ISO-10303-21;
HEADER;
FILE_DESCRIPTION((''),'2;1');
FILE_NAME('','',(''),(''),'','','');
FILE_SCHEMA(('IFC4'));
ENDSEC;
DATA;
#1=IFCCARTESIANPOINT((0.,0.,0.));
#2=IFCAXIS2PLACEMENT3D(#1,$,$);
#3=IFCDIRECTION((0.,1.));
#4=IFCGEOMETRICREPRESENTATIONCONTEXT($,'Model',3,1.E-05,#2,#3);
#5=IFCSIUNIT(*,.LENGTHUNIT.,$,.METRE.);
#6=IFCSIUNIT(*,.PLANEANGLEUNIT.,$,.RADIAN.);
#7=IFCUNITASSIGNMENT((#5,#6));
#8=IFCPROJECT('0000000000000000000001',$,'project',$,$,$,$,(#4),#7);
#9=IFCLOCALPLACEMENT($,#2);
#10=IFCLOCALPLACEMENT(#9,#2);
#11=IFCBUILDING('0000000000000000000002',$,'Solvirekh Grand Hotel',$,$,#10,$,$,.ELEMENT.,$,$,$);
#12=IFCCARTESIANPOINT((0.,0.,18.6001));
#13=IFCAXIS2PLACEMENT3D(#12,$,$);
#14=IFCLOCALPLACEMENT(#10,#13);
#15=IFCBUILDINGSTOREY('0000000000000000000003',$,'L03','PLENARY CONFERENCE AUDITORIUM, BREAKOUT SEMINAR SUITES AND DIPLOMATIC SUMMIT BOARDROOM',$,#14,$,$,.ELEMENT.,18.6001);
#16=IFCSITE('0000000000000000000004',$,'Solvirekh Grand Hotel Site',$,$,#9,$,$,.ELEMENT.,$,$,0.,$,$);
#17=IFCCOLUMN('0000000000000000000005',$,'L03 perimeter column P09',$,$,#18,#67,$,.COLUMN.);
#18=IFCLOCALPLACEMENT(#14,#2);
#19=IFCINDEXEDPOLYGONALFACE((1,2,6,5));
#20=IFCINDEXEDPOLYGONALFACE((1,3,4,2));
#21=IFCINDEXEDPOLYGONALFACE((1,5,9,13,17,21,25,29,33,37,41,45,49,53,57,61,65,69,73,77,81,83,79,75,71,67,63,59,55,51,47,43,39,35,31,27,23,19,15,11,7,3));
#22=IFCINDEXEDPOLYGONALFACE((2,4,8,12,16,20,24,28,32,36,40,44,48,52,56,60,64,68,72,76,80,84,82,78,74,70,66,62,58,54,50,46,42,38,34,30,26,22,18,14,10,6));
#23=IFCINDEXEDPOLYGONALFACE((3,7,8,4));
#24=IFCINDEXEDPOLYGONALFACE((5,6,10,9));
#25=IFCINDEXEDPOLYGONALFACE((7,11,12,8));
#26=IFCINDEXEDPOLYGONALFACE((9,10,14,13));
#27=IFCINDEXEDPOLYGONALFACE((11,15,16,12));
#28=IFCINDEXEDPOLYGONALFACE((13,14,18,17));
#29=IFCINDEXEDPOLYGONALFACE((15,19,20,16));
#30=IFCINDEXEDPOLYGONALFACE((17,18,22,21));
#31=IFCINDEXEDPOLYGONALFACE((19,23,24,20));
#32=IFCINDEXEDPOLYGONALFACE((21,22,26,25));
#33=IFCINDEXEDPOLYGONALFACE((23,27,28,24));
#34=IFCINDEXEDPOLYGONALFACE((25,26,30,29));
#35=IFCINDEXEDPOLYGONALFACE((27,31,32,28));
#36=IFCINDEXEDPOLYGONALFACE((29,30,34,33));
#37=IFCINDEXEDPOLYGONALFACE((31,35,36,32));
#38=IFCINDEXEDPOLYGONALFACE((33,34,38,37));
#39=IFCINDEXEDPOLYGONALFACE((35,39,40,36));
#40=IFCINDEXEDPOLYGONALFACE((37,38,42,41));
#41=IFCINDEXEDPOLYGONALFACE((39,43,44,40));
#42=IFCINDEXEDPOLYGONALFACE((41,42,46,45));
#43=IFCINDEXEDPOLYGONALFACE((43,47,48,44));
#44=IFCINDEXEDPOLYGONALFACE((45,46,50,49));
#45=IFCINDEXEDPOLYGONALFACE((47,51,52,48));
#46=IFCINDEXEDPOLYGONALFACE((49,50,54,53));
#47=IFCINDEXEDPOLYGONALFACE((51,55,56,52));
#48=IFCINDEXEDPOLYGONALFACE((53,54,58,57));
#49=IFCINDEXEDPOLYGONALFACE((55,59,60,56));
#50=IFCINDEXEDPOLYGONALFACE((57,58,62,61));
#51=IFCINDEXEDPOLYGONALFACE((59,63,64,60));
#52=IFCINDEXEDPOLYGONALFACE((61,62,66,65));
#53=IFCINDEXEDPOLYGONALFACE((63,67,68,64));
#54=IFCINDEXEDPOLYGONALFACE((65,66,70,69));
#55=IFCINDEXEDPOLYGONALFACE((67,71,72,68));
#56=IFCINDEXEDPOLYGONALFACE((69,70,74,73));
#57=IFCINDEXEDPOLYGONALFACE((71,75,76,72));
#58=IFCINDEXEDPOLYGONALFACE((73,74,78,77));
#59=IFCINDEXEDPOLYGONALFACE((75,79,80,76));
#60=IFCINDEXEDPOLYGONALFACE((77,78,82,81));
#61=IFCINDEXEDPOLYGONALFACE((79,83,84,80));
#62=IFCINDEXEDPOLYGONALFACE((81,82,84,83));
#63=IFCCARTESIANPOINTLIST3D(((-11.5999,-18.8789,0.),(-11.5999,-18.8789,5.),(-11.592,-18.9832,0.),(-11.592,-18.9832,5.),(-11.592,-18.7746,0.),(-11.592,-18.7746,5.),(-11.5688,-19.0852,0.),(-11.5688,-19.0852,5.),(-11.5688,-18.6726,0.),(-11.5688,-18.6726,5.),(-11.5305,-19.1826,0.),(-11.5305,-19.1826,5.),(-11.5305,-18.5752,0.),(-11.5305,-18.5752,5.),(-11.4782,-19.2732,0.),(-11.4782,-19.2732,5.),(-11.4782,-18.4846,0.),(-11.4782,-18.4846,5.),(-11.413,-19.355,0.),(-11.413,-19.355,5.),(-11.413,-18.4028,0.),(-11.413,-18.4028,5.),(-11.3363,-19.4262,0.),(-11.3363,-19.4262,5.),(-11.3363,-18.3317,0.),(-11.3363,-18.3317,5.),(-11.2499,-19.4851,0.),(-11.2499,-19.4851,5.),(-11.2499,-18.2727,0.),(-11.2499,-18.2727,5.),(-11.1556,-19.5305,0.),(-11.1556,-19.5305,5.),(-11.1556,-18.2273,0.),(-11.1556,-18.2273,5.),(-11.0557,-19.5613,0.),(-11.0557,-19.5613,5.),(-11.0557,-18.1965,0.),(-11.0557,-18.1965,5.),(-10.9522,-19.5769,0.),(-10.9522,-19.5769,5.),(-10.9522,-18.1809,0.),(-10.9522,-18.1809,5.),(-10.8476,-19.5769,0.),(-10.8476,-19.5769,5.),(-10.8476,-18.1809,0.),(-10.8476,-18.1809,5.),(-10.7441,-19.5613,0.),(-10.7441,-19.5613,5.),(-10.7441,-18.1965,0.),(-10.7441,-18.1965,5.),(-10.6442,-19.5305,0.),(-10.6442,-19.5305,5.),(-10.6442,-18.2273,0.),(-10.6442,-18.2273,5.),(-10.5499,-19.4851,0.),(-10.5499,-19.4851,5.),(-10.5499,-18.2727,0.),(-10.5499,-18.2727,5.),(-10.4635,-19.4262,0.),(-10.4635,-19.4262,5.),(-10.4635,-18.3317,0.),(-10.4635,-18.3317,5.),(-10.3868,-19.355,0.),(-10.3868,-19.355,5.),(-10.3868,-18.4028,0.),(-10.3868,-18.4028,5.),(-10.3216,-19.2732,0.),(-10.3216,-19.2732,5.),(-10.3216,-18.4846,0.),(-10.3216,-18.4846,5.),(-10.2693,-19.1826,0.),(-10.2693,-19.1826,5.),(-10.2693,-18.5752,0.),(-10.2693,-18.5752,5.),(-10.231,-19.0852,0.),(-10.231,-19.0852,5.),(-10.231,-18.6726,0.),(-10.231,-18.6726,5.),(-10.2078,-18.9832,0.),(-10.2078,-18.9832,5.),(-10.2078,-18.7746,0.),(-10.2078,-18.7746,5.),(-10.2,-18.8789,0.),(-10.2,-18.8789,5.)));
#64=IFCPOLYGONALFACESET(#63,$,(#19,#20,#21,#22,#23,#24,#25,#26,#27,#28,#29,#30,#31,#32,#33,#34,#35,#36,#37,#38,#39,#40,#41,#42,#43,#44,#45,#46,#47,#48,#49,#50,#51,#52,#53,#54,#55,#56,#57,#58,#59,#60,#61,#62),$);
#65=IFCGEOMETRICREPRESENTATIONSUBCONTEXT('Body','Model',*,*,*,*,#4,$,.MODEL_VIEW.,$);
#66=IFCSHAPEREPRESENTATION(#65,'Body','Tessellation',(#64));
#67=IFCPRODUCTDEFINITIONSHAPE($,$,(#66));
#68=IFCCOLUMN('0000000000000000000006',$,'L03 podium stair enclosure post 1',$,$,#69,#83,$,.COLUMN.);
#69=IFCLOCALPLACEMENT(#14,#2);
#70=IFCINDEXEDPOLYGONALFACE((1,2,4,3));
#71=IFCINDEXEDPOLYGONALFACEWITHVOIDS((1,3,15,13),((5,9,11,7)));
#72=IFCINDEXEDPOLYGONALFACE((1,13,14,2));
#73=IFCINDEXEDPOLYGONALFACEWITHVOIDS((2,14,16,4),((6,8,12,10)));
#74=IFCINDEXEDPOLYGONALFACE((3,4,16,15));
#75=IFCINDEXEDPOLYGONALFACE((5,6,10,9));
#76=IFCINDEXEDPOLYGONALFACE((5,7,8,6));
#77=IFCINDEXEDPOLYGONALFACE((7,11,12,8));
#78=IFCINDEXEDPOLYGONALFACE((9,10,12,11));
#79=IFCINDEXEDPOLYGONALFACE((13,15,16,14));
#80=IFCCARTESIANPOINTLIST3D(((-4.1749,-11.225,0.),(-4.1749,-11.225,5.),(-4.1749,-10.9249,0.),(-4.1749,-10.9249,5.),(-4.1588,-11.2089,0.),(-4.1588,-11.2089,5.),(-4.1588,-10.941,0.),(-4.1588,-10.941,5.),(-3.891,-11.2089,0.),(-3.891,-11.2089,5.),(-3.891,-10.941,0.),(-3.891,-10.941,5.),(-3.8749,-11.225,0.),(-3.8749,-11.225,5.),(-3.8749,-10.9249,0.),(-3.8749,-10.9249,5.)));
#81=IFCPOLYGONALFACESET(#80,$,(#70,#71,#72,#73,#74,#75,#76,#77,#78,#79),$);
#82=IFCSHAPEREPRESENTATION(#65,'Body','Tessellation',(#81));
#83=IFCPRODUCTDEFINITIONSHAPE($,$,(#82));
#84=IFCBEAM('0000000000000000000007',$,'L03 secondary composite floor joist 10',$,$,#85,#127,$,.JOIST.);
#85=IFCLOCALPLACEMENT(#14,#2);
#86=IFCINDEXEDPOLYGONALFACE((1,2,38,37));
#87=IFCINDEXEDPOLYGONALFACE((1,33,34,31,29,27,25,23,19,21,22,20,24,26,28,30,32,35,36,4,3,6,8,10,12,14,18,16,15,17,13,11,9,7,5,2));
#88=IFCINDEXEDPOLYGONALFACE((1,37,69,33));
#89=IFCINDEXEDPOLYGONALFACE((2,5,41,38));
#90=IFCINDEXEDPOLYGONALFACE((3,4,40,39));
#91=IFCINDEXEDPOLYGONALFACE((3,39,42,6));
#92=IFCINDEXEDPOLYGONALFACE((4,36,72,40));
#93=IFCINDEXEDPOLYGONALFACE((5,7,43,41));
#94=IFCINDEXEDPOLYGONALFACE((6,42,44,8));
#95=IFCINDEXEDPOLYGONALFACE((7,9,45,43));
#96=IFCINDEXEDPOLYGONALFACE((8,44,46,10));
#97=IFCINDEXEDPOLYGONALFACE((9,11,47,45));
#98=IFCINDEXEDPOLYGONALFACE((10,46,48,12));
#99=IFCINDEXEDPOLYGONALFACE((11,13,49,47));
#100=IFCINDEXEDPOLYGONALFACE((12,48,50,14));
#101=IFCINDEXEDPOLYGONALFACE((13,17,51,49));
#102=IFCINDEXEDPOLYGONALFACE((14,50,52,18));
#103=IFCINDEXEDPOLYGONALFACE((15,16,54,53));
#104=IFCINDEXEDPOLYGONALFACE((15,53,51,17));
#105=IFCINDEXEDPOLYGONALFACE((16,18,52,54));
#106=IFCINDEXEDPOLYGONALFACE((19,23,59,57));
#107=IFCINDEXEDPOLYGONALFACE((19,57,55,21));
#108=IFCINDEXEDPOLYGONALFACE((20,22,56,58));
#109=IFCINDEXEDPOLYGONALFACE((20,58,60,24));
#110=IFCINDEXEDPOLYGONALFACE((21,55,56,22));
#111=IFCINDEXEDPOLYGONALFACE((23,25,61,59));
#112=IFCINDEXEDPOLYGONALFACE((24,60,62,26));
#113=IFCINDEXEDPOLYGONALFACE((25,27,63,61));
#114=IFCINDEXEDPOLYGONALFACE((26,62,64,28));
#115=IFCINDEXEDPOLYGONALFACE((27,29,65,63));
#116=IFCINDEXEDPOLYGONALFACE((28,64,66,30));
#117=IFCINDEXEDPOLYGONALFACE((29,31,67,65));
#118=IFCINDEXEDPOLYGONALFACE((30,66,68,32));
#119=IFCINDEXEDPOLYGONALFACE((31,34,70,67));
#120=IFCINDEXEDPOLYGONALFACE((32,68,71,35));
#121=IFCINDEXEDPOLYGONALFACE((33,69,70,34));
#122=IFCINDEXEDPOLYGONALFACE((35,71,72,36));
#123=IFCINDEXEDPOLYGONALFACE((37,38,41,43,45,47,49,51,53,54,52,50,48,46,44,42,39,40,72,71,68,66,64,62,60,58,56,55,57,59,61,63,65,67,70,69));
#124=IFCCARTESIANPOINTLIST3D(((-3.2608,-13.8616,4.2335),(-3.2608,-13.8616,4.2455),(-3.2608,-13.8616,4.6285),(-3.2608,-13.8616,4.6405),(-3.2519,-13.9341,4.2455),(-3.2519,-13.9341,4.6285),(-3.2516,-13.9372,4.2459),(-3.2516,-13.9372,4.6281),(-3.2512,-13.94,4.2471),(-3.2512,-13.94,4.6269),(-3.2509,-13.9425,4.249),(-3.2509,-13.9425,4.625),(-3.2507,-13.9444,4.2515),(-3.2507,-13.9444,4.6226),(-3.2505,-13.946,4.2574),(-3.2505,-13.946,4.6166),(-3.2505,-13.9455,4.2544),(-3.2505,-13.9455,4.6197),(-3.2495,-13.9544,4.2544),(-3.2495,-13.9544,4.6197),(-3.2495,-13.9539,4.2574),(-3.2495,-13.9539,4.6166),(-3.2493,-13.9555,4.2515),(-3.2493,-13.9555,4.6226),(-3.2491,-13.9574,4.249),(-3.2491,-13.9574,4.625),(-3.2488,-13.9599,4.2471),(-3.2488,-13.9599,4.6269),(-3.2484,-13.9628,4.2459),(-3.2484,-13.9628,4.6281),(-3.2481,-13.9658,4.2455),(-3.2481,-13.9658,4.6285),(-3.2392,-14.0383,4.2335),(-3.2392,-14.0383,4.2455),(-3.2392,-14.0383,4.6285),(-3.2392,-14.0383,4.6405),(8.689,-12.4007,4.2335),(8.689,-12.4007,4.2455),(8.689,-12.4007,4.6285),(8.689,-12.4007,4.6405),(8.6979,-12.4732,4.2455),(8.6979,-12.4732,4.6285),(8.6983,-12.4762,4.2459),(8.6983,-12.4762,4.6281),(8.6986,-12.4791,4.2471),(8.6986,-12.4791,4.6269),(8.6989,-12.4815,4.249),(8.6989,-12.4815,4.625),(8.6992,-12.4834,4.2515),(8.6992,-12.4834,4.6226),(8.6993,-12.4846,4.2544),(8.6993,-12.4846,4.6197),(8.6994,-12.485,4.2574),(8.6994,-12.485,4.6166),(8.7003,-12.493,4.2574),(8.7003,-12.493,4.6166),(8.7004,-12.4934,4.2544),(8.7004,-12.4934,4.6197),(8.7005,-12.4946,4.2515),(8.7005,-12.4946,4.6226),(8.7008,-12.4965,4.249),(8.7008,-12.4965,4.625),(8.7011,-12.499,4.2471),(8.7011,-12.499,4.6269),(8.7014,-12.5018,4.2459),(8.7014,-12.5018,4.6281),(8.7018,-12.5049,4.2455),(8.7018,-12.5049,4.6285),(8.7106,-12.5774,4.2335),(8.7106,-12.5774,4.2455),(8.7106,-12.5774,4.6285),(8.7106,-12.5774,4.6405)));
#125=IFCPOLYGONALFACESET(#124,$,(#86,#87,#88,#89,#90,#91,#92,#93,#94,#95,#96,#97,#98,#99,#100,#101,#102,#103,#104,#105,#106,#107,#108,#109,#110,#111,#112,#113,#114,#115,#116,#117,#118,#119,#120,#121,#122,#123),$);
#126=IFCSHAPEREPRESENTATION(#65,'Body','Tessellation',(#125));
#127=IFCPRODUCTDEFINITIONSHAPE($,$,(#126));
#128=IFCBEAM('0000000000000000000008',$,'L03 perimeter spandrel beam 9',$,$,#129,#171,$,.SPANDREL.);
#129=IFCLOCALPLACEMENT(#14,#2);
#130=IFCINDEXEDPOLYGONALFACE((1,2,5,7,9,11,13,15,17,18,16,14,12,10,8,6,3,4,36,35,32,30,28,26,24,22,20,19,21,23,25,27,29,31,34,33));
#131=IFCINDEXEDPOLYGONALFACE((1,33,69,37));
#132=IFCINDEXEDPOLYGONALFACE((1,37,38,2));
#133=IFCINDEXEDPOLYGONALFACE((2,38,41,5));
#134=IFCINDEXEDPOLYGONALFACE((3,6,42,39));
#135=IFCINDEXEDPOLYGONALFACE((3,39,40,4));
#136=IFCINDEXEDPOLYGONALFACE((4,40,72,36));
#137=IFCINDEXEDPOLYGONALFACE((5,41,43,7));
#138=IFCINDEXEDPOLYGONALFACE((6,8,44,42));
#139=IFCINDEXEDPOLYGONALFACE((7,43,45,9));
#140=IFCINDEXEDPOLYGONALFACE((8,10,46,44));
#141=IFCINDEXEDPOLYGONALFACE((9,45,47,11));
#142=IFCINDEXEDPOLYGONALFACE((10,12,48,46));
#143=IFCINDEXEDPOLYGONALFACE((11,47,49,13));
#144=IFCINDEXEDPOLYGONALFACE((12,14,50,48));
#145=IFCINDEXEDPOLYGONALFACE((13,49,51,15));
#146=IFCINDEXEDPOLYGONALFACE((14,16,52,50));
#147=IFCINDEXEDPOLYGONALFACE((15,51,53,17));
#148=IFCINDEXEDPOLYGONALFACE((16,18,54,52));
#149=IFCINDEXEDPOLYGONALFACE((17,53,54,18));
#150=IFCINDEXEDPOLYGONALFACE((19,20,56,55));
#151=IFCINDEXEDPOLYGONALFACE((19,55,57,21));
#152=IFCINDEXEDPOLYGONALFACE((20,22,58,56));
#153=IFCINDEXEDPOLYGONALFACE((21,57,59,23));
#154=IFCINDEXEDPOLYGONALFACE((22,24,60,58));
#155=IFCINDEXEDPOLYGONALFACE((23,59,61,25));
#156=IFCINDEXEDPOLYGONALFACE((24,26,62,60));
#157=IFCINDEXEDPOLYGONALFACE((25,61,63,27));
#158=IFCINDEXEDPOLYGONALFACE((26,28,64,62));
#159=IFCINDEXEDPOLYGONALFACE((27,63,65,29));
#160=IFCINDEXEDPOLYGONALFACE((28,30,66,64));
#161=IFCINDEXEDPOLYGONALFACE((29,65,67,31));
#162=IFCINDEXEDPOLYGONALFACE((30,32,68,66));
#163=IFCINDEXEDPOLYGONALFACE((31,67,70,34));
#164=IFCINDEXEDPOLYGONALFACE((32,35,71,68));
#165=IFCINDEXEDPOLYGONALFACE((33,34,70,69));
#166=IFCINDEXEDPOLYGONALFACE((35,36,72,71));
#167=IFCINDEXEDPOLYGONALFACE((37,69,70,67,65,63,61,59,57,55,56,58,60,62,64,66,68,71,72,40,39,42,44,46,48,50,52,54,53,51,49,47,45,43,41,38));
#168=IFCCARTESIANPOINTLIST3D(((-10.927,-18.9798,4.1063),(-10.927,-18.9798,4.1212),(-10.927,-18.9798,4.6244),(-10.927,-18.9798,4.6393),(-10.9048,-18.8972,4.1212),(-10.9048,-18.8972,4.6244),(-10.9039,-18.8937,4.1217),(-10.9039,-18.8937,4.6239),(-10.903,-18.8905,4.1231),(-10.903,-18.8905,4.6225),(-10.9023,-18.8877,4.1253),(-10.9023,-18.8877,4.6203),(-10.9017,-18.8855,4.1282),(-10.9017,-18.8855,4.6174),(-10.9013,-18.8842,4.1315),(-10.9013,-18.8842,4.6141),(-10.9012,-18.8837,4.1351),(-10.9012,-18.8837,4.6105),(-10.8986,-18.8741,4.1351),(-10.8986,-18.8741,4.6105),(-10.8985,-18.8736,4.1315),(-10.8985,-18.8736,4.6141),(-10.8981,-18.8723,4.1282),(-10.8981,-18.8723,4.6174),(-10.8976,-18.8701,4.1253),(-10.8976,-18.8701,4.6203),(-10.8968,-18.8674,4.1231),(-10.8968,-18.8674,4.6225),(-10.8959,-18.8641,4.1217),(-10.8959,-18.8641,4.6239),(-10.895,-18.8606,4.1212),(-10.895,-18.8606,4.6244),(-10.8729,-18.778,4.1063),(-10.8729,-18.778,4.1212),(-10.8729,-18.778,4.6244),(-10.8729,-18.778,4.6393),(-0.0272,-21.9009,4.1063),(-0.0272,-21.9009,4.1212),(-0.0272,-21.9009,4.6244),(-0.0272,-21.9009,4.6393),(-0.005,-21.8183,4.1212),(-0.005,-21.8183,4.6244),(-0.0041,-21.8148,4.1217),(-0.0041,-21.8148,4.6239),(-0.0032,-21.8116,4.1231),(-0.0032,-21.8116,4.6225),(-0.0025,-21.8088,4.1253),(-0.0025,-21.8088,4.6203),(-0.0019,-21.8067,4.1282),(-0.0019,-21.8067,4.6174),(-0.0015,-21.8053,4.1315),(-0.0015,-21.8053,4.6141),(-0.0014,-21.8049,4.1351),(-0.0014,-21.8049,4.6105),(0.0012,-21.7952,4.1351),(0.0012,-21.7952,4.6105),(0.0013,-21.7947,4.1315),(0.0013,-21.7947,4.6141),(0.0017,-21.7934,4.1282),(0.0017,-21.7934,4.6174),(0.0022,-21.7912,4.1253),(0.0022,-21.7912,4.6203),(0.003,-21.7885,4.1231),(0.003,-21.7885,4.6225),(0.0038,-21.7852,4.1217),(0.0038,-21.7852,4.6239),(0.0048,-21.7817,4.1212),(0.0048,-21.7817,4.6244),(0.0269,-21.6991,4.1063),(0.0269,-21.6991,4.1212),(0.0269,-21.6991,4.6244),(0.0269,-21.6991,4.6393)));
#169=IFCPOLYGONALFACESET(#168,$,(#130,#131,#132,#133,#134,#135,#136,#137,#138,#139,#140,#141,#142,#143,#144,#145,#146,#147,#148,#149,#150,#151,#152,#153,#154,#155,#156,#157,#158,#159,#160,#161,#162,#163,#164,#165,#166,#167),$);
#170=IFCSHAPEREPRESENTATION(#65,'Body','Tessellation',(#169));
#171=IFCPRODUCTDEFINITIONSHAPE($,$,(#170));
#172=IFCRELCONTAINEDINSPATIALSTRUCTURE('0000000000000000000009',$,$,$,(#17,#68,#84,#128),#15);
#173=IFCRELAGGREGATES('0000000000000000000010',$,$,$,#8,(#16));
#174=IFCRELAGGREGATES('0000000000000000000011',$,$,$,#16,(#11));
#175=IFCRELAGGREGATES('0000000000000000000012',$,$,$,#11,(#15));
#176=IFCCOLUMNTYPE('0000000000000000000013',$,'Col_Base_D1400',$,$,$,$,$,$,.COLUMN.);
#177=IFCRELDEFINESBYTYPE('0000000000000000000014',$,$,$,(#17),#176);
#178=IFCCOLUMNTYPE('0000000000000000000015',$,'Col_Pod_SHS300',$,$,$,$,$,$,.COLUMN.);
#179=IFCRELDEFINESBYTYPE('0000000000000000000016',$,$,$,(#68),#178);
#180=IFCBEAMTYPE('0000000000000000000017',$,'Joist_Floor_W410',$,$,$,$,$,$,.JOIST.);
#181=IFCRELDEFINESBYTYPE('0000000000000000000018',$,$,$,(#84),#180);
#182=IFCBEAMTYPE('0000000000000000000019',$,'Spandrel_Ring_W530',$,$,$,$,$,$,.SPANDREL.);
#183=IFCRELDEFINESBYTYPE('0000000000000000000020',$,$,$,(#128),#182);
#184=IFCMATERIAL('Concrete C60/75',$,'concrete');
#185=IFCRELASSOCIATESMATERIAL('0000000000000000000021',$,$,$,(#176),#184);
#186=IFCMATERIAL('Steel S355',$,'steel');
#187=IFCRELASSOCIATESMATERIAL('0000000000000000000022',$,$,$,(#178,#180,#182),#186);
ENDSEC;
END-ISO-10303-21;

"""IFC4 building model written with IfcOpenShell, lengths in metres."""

from ifc_helpers import new_model, si_unit, direction, frame, origin, origin_2d, place, context, subcontext, project, spatial, hollow_rectangle, circle, i_section, extrude, material, material_profile, profile_set, type_object, element, save


model = new_model("IFC4")

# Units and contexts
model_context = context("Model", 3, precision=1e-05, world=origin(), true_north=direction((0.0, 1.0)))
body_context = subcontext(model_context, "Body", "Model", "MODEL_VIEW")
ifc_project = project(units=[si_unit("LENGTHUNIT", "METRE"), si_unit("PLANEANGLEUNIT", "RADIAN")], contexts=[model_context])

# Site, building, storey
site_placement = place(None, origin())
site = spatial("IfcSite", under=ifc_project, at=site_placement, Name="Solvirekh Grand Hotel Site", CompositionType="ELEMENT", RefElevation=0.0)
building_placement = place(site_placement, origin())
building = spatial("IfcBuilding", under=site, at=building_placement, Name="Solvirekh Grand Hotel", CompositionType="ELEMENT")
storey_placement = place(building_placement, frame((0.0, 0.0, 18.6001)))
storey = spatial("IfcBuildingStorey", under=building, at=storey_placement, Name="L03", Description="PLENARY CONFERENCE AUDITORIUM, BREAKOUT SEMINAR SUITES AND DIPLOMATIC SUMMIT BOARDROOM", CompositionType="ELEMENT", Elevation=18.6001)

# Columns
ifc_material_1 = material(Name="Concrete C60/75", Category="concrete")
ifc_material_profile_1 = material_profile(ifc_material_1, circle(Radius=0.7, at=origin_2d()), Name="RC CIRC D1400")
ifc_profile_set_1 = profile_set([ifc_material_profile_1], Name="Concrete C60/75")
column_type_1 = type_object("IfcColumnType", Name="Col_Base_D1400", PredefinedType="COLUMN", material=ifc_profile_set_1)
column_1_placement = place(storey_placement, frame((-10.8999, -18.8789, 0.0), z_axis=(0.0, 0.0, 1.0), x_axis=(1.0, 0.0, 0.0)))
element("IfcColumn", 1, at=column_1_placement, inside=storey, type_object=column_type_1, Name="L03 perimeter column P09", PredefinedType="COLUMN", context=body_context, shape_type="SweptSolid", body=[
    extrude(circle(Radius=0.7, at=origin_2d()), origin(), (0.0, 0.0, 1.0), 5.0),
])
ifc_material_2 = material(Name="Steel S355", Category="steel")
ifc_material_profile_2 = material_profile(ifc_material_2, hollow_rectangle(XDim=0.3, YDim=0.3, WallThickness=0.0161, at=origin_2d()), Name="SHS 300X300X16")
ifc_profile_set_2 = profile_set([ifc_material_profile_2], Name="Steel S355")
column_type_2 = type_object("IfcColumnType", Name="Col_Pod_SHS300", PredefinedType="COLUMN", material=ifc_profile_set_2)
column_2_placement = place(storey_placement, frame((-4.0249, -11.075, 0.0), z_axis=(0.0, 0.0, 1.0), x_axis=(1.0, 0.0, 0.0)))
element("IfcColumn", 2, at=column_2_placement, inside=storey, type_object=column_type_2, Name="L03 podium stair enclosure post 1", PredefinedType="COLUMN", context=body_context, shape_type="SweptSolid", body=[
    extrude(hollow_rectangle(XDim=0.3, YDim=0.3, WallThickness=0.0161, at=origin_2d()), origin(), (0.0, 0.0, 1.0), 5.0),
])

# Beams
ifc_material_profile_3 = material_profile(ifc_material_2, i_section(OverallWidth=0.178, OverallDepth=0.407, WebThickness=0.0081, FlangeThickness=0.012, FilletRadius=0.012, at=origin_2d()), Name="W410X60")
ifc_profile_set_3 = profile_set([ifc_material_profile_3], Name="Steel S355")
beam_type_1 = type_object("IfcBeamType", Name="Joist_Floor_W410", PredefinedType="JOIST", material=ifc_profile_set_3)
beam_1_placement = place(storey_placement, frame((-3.25, -13.95, 4.437), z_axis=(0.99261, 0.121351, 0.0), x_axis=(-0.121351, 0.99261, 0.0)))
element("IfcBeam", 3, at=beam_1_placement, inside=storey, type_object=beam_type_1, Name="L03 secondary composite floor joist 10", PredefinedType="JOIST", context=body_context, shape_type="SweptSolid", body=[
    extrude(i_section(OverallWidth=0.178, OverallDepth=0.407, WebThickness=0.0081, FlangeThickness=0.012, FilletRadius=0.012, at=origin_2d()), origin(), (0.0, 0.0, 1.0), 12.0388),
])
ifc_material_profile_4 = material_profile(ifc_material_2, i_section(OverallWidth=0.209, OverallDepth=0.533, WebThickness=0.01, FlangeThickness=0.0149, FilletRadius=0.0139, at=origin_2d()), Name="W530X92")
ifc_profile_set_4 = profile_set([ifc_material_profile_4], Name="Steel S355")
beam_type_2 = type_object("IfcBeamType", Name="Spandrel_Ring_W530", PredefinedType="SPANDREL", material=ifc_profile_set_4)
beam_2_placement = place(storey_placement, frame((-10.8999, -18.8789, 4.3728), z_axis=(0.965914, -0.258862, 0.0), x_axis=(0.258862, 0.965914, 0.0)))
element("IfcBeam", 4, at=beam_2_placement, inside=storey, type_object=beam_type_2, Name="L03 perimeter spandrel beam 9", PredefinedType="SPANDREL", context=body_context, shape_type="SweptSolid", body=[
    extrude(i_section(OverallWidth=0.209, OverallDepth=0.533, WebThickness=0.01, FlangeThickness=0.0149, FilletRadius=0.0139, at=origin_2d()), origin(), (0.0, 0.0, 1.0), 11.2844),
])

save(model, "model.ifc")
